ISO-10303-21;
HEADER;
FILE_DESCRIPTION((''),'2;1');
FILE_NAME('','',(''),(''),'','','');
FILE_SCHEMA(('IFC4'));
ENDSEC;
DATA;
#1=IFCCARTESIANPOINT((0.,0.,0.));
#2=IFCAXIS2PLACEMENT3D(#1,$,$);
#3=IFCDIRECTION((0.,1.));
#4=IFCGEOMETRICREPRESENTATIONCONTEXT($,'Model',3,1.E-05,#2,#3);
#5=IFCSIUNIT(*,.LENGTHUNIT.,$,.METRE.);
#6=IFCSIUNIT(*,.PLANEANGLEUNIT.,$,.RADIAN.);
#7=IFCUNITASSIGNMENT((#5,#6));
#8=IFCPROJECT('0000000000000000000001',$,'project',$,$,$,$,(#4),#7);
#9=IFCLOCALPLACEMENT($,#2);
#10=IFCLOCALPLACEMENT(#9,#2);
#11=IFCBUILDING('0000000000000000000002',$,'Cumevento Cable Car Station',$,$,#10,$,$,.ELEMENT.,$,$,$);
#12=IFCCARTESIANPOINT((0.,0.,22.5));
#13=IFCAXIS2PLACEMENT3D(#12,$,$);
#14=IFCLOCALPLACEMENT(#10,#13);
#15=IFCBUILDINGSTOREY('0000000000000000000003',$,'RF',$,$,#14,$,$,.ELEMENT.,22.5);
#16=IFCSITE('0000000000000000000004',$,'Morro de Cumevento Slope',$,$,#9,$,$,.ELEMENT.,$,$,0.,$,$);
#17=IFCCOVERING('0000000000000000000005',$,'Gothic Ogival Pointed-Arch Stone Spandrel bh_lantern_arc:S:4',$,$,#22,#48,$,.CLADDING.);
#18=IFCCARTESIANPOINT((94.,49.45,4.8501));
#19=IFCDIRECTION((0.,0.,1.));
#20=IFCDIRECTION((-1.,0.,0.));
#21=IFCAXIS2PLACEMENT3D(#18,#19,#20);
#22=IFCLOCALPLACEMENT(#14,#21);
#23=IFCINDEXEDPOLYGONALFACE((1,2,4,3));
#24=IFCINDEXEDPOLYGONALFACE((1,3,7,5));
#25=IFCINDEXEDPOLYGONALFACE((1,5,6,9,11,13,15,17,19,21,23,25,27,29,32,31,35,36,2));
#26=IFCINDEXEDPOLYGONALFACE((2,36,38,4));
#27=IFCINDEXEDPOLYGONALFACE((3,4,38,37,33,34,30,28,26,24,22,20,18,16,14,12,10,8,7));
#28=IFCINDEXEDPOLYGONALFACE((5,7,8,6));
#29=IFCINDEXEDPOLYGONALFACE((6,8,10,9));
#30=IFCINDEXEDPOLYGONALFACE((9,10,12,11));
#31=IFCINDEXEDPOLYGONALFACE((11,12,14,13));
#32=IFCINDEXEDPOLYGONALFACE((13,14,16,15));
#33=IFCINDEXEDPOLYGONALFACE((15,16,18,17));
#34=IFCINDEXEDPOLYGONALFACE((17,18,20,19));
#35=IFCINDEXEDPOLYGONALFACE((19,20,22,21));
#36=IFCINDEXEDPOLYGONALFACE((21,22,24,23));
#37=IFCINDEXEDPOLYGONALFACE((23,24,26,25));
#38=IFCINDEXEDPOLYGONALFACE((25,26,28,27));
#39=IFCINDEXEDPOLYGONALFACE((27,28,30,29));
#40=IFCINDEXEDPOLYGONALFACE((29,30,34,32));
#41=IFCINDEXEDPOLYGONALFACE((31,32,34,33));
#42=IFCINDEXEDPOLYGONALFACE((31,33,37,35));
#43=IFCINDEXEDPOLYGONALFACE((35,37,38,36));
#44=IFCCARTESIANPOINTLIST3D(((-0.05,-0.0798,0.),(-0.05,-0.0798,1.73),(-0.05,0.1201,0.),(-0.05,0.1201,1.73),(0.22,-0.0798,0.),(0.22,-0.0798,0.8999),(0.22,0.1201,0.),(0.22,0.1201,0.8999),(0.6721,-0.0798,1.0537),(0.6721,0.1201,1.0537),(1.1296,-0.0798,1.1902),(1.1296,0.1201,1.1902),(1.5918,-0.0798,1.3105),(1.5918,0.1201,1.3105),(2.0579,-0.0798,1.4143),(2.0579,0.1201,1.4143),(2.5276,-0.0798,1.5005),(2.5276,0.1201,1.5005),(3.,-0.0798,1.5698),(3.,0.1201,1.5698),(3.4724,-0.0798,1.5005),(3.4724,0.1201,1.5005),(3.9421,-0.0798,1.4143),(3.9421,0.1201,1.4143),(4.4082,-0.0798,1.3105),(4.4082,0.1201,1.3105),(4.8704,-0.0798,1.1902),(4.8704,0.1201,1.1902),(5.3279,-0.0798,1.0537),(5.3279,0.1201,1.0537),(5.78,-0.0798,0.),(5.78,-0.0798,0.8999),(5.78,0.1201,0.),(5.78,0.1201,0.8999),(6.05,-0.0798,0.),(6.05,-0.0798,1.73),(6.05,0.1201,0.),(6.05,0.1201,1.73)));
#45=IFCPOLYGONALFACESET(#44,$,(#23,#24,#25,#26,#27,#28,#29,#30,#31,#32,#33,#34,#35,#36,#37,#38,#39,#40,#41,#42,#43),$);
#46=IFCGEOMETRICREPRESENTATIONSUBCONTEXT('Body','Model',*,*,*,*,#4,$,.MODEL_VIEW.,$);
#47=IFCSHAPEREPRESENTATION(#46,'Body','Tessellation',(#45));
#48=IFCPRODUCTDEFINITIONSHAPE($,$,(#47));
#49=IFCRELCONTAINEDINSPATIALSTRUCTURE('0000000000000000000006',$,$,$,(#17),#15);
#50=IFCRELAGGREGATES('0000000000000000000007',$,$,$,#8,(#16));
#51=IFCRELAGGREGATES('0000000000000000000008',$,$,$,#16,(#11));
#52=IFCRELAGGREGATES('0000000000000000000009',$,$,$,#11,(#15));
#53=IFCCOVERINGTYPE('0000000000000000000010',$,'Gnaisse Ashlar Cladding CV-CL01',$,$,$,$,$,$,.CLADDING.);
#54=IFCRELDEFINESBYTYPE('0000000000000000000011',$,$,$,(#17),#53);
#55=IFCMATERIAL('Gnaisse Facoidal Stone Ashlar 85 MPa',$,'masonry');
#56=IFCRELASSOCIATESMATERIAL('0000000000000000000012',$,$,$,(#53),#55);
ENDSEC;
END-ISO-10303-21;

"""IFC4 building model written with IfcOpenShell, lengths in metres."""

from ifc_helpers import new_model, si_unit, direction, frame, origin, place, context, subcontext, project, spatial, polyline, outline, extrude, material, type_object, element, save


model = new_model("IFC4")

# Units and contexts
model_context = context("Model", 3, precision=1e-05, world=origin(), true_north=direction((0.0, 1.0)))
body_context = subcontext(model_context, "Body", "Model", "MODEL_VIEW")
ifc_project = project(units=[si_unit("LENGTHUNIT", "METRE"), si_unit("PLANEANGLEUNIT", "RADIAN")], contexts=[model_context])

# Site, building, storey
site_placement = place(None, origin())
site = spatial("IfcSite", under=ifc_project, at=site_placement, Name="Morro de Cumevento Slope", CompositionType="ELEMENT", RefElevation=0.0)
building_placement = place(site_placement, origin())
building = spatial("IfcBuilding", under=site, at=building_placement, Name="Cumevento Cable Car Station", CompositionType="ELEMENT")
storey_placement = place(building_placement, frame((0.0, 0.0, 22.5)))
storey = spatial("IfcBuildingStorey", under=building, at=storey_placement, Name="RF", CompositionType="ELEMENT", Elevation=22.5)

# Covering
ifc_material_1 = material(Name="Gnaisse Facoidal Stone Ashlar 85 MPa", Category="masonry")
covering_type = type_object("IfcCoveringType", Name="Gnaisse Ashlar Cladding CV-CL01", PredefinedType="CLADDING", material=ifc_material_1)
covering_1_placement = place(storey_placement, frame((94.0, 49.45, 4.8501), z_axis=(0.0, 0.0, 1.0), x_axis=(-1.0, 0.0, 0.0)))
element("IfcCovering", 1, at=covering_1_placement, inside=storey, type_object=covering_type, Name="Gothic Ogival Pointed-Arch Stone Spandrel bh_lantern_arc:S:4", PredefinedType="CLADDING", context=body_context, shape_type="SweptSolid", body=[
    extrude(outline(polyline([(-0.05, 0.0), (-0.05, 1.73), (6.05, 1.73), (6.05, 0.0), (5.78, 0.0), (5.78, 0.8999), (5.3279, 1.0537), (4.8704, 1.1902), (4.4082, 1.3105), (3.9421, 1.4143), (3.4724, 1.5005), (3.0, 1.5698), (2.5276, 1.5005), (2.0579, 1.4143), (1.5918, 1.3105), (1.1296, 1.1902), (0.6721, 1.0537), (0.22, 0.8999), (0.22, 0.0), (-0.05, 0.0)])), frame((0.0, 0.1201, 0.0), z_axis=(0.0, -1.0, 0.0), x_axis=(1.0, 0.0, 0.0)), (0.0, 0.0, 1.0), 0.2),
])

save(model, "model.ifc")
